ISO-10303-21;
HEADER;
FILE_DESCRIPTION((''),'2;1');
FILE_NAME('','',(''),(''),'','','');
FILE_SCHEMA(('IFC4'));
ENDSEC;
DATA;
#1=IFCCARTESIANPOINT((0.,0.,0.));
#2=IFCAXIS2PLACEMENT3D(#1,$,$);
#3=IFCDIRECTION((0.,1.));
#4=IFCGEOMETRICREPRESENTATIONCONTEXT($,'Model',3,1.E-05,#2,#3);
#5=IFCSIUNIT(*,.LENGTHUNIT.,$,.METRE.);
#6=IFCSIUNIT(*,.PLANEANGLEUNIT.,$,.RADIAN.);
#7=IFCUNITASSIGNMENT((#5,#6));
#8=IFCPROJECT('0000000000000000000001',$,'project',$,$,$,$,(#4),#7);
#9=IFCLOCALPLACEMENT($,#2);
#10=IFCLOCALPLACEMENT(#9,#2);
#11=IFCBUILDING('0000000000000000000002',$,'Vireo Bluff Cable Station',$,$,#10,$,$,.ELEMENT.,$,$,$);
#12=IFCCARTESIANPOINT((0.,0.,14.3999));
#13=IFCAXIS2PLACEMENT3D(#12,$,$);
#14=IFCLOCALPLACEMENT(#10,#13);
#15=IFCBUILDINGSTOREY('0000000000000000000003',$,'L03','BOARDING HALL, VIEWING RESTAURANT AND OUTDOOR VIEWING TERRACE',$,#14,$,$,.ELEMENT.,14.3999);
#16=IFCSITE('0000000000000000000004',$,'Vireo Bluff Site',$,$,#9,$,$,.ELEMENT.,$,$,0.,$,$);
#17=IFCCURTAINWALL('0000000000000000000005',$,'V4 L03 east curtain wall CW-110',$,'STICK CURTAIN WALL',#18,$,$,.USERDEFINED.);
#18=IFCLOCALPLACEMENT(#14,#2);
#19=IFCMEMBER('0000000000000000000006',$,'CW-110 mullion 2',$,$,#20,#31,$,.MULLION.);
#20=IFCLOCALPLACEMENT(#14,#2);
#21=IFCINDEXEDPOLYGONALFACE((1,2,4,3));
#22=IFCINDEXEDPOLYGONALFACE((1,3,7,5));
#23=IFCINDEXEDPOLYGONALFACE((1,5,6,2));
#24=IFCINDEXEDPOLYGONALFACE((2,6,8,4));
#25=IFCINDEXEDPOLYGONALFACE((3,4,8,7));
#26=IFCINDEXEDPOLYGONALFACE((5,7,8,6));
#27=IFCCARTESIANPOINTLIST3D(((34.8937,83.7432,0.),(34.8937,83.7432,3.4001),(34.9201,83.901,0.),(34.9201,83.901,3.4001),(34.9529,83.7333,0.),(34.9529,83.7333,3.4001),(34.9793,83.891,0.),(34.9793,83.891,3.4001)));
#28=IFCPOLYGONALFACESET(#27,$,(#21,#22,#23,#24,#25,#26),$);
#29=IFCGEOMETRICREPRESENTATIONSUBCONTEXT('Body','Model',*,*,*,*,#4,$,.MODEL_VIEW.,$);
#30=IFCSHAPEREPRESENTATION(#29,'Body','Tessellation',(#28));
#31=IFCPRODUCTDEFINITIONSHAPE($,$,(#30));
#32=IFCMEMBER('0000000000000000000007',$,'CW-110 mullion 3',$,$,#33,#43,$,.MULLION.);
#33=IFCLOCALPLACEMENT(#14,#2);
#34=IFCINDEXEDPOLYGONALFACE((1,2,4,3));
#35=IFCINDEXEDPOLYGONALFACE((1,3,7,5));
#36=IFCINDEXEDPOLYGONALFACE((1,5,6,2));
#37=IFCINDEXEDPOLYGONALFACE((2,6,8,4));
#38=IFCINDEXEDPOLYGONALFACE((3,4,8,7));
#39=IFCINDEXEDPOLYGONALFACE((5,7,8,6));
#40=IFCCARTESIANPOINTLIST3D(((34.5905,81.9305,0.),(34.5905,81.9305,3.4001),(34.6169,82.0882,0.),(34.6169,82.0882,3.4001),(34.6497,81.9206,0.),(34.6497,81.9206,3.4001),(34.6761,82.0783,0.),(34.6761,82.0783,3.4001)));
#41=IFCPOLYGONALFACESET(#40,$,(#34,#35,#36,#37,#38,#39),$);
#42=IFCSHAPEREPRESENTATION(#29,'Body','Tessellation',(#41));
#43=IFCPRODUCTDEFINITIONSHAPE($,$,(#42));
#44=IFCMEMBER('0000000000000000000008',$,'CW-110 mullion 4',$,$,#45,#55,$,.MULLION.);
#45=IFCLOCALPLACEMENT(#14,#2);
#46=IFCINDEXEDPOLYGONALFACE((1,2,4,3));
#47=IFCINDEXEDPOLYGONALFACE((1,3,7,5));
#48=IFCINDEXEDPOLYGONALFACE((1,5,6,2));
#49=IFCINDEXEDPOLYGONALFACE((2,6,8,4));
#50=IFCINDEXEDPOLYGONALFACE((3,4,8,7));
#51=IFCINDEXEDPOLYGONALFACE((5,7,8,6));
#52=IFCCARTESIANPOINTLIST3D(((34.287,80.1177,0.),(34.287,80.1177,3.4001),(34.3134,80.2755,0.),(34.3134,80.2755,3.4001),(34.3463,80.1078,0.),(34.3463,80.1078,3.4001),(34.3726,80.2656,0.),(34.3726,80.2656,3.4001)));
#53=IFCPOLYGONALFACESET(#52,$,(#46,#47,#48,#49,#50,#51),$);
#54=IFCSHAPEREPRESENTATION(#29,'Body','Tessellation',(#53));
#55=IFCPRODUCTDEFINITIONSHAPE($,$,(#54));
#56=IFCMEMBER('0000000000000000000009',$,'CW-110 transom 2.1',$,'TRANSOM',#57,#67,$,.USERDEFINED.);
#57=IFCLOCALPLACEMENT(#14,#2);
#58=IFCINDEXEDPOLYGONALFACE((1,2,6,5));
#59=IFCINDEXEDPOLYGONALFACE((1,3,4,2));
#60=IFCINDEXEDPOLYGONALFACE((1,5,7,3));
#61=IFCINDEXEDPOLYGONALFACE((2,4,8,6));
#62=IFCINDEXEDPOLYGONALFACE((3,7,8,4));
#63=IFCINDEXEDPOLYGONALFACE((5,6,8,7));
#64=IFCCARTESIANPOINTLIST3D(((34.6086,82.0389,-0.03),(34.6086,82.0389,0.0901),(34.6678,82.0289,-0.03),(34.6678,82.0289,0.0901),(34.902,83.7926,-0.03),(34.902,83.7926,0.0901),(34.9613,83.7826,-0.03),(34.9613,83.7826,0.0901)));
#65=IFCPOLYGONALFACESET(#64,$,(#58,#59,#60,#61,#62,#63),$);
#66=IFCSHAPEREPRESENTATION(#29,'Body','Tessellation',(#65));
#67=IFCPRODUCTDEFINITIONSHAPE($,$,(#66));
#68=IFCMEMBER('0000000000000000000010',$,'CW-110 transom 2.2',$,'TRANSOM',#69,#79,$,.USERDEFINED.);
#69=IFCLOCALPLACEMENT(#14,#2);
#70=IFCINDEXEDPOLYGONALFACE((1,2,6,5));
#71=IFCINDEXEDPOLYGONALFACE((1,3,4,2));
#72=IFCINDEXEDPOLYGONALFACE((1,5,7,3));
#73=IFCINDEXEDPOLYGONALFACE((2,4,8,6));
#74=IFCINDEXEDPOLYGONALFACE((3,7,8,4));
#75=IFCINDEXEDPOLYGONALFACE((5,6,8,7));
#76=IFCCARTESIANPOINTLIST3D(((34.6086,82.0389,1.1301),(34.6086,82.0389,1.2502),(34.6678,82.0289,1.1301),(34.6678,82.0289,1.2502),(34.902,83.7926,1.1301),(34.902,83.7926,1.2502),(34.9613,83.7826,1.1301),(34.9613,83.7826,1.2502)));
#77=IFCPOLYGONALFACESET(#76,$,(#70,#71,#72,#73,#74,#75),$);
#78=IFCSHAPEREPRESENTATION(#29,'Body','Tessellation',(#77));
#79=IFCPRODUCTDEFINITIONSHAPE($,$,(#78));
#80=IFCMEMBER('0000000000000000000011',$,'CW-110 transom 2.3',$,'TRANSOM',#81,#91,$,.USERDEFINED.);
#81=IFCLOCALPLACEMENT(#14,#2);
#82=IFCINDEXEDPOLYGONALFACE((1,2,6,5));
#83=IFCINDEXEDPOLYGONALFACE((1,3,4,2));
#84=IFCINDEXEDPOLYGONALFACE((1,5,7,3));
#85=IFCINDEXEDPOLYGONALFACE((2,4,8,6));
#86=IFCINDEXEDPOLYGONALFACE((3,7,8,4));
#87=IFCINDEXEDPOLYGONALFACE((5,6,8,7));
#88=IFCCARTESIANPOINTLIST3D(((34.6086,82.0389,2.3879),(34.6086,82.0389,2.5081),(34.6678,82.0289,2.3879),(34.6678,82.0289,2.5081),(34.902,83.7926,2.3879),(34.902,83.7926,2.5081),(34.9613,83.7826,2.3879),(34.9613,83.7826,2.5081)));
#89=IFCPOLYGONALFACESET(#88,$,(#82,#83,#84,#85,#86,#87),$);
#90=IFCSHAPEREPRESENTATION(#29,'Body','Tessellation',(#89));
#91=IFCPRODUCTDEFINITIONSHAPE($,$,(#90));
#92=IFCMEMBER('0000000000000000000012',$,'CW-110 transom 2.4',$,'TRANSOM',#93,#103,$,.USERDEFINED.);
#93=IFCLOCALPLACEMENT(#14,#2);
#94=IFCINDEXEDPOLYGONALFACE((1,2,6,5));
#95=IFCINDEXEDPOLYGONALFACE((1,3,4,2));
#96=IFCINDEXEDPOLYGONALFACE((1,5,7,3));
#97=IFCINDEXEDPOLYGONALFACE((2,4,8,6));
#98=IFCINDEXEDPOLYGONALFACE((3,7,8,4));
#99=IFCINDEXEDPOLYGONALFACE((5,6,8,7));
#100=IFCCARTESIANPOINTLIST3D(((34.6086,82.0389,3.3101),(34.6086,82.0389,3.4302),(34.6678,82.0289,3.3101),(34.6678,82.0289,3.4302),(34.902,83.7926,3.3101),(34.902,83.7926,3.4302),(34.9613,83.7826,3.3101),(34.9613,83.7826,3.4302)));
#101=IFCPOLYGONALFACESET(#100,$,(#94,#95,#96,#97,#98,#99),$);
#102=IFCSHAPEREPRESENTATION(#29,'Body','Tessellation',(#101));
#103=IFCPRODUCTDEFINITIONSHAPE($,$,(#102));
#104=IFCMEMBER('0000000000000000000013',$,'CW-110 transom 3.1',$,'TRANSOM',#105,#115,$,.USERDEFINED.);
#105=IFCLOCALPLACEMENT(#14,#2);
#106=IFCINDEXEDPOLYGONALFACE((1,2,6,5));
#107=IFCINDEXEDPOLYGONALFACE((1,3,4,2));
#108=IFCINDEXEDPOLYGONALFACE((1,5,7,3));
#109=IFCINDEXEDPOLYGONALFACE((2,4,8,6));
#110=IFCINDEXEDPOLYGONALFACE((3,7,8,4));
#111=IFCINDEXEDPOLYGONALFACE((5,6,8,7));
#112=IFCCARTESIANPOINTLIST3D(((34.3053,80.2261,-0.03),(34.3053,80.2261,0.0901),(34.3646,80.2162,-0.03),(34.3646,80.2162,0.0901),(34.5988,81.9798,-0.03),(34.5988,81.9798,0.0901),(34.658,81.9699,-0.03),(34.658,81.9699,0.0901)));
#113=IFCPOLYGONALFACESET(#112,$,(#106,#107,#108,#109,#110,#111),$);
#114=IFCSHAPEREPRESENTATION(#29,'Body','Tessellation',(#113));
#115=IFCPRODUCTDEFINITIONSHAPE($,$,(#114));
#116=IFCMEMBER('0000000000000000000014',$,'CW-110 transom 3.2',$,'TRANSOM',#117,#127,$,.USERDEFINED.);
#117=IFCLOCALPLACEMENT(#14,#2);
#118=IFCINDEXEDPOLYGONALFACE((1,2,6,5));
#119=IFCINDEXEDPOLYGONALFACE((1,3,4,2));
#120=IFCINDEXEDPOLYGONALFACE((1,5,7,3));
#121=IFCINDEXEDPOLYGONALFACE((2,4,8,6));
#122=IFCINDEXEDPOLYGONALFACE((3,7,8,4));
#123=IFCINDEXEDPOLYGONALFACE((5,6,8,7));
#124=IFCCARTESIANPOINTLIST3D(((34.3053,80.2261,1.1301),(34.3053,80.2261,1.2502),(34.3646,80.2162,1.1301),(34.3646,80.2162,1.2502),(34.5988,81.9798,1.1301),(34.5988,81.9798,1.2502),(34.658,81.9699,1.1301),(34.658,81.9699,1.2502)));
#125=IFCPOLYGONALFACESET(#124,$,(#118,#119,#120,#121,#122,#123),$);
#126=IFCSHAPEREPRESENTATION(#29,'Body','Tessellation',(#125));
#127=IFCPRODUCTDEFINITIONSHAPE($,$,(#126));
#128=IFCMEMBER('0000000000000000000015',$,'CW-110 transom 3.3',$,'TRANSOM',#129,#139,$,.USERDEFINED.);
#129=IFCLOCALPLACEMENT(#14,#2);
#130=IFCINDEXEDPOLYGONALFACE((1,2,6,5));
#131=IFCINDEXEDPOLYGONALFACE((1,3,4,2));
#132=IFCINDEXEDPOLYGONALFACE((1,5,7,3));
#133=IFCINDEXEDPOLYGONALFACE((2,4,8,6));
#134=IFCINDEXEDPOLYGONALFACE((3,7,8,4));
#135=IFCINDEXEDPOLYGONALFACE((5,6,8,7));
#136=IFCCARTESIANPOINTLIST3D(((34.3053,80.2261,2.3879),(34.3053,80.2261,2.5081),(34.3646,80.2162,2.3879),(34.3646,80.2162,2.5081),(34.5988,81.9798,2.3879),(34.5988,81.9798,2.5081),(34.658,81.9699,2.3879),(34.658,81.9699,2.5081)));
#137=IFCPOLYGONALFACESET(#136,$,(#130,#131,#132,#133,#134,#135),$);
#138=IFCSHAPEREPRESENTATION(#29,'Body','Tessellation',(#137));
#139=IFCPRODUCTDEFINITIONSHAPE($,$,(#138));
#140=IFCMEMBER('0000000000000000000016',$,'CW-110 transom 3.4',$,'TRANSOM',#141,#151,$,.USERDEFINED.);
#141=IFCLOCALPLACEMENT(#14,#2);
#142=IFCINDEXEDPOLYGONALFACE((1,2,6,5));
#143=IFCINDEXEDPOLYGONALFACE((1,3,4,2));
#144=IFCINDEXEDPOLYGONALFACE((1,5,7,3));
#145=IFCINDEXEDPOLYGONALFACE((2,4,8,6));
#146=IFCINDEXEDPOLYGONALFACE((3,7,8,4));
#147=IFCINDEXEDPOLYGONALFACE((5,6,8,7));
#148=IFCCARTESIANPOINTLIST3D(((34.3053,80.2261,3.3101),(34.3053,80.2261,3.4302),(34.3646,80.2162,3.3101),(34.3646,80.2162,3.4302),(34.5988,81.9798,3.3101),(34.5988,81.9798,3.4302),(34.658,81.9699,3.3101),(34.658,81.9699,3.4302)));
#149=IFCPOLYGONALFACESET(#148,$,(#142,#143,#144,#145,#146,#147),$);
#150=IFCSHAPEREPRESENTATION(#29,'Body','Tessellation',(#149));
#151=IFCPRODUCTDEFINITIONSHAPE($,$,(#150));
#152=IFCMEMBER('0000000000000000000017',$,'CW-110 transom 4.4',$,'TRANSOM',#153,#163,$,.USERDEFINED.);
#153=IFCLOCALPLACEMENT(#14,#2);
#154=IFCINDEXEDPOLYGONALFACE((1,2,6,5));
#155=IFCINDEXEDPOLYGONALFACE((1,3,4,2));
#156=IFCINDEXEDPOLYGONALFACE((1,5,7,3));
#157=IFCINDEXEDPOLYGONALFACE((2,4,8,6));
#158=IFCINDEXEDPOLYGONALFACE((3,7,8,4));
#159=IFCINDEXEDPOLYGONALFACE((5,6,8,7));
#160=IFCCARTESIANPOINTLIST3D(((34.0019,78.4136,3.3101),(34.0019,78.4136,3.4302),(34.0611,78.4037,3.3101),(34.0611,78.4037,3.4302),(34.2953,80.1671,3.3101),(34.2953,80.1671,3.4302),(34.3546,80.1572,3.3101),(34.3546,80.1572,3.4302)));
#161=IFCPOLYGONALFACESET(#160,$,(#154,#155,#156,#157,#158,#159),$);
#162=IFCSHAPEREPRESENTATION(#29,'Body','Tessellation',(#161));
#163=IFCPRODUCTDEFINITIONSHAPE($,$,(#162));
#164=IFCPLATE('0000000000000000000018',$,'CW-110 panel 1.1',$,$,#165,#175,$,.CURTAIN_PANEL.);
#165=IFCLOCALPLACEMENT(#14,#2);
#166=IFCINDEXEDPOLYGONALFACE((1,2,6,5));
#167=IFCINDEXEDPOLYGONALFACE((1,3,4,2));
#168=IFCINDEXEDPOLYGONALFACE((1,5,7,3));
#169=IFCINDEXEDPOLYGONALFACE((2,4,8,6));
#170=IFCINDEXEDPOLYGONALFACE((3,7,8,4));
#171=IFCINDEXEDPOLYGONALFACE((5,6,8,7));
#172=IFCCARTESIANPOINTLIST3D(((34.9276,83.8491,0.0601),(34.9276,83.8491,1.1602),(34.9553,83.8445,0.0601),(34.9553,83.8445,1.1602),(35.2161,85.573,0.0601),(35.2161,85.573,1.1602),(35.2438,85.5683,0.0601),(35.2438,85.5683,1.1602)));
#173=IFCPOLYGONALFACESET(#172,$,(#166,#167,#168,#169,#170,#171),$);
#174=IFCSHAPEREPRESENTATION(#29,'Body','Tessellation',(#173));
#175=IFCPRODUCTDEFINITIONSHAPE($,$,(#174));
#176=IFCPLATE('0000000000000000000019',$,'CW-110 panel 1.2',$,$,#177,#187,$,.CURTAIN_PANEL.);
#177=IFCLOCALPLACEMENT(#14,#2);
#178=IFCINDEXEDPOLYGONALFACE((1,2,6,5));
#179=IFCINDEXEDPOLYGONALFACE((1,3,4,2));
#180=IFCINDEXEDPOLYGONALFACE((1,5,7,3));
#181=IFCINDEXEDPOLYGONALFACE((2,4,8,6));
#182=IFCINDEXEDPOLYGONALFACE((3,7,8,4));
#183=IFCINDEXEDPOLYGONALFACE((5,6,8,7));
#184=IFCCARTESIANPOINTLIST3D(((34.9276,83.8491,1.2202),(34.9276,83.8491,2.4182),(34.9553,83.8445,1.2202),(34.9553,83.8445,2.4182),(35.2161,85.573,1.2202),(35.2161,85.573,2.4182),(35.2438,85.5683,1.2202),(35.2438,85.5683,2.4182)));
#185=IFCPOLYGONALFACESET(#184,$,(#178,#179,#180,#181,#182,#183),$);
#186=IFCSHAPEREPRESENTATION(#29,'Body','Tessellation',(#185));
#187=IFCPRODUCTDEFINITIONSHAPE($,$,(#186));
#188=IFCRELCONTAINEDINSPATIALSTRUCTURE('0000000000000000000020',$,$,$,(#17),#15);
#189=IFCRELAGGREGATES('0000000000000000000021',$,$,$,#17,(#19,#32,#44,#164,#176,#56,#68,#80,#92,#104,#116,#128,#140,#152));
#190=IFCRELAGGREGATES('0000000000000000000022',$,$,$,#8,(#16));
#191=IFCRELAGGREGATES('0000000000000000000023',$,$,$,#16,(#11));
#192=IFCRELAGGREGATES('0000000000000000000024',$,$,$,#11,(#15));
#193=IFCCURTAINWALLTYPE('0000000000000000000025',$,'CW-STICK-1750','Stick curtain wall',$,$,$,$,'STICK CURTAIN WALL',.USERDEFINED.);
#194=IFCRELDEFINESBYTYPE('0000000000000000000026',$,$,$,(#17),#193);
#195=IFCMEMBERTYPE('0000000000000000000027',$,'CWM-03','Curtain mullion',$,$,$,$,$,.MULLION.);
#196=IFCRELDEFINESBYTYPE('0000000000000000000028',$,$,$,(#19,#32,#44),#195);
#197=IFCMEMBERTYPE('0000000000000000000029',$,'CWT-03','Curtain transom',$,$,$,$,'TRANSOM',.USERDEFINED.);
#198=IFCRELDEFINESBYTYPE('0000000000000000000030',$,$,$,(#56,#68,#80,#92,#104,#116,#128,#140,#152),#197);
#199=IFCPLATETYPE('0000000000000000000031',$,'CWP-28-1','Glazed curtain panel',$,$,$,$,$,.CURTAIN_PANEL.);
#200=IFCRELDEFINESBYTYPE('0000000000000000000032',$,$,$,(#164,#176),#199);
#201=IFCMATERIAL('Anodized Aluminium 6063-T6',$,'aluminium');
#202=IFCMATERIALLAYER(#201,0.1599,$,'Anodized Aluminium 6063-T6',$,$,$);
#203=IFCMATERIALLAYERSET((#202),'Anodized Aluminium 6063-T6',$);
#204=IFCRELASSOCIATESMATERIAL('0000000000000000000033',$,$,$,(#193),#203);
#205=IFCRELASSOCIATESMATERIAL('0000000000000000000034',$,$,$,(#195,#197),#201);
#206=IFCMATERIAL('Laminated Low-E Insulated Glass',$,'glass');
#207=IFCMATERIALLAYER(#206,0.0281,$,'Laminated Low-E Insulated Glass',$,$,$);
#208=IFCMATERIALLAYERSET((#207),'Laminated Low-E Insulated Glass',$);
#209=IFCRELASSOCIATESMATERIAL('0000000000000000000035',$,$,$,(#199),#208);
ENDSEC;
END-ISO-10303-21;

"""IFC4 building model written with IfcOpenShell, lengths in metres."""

from ifc_helpers import new_model, si_unit, direction, frame, origin, origin_2d, place, context, subcontext, project, spatial, rectangle, extrude, material, layer, layer_set, material_profile, profile_set, type_object, element, aggregate, save


model = new_model("IFC4")

# Units and contexts
model_context = context("Model", 3, precision=1e-05, world=origin(), true_north=direction((0.0, 1.0)))
body_context = subcontext(model_context, "Body", "Model", "MODEL_VIEW")
ifc_project = project(units=[si_unit("LENGTHUNIT", "METRE"), si_unit("PLANEANGLEUNIT", "RADIAN")], contexts=[model_context])

# Site, building, storey
site_placement = place(None, origin())
site = spatial("IfcSite", under=ifc_project, at=site_placement, Name="Vireo Bluff Site", CompositionType="ELEMENT", RefElevation=0.0)
building_placement = place(site_placement, origin())
building = spatial("IfcBuilding", under=site, at=building_placement, Name="Vireo Bluff Cable Station", CompositionType="ELEMENT")
storey_placement = place(building_placement, frame((0.0, 0.0, 14.3999)))
storey = spatial("IfcBuildingStorey", under=building, at=storey_placement, Name="L03", Description="BOARDING HALL, VIEWING RESTAURANT AND OUTDOOR VIEWING TERRACE", CompositionType="ELEMENT", Elevation=14.3999)

# Curtain wall, members, plates
ifc_material_1 = material(Name="Anodized Aluminium 6063-T6", Category="aluminium")
ifc_layer_1 = layer(ifc_material_1, 0.1599, Name="Anodized Aluminium 6063-T6")
ifc_layer_set_1 = layer_set([ifc_layer_1], Name="Anodized Aluminium 6063-T6")
curtain_wall_type_1 = type_object("IfcCurtainWallType", Name="CW-STICK-1750", Description="Stick curtain wall", ElementType="STICK CURTAIN WALL", PredefinedType="USERDEFINED", material=ifc_layer_set_1)
curtain_wall_1_placement = place(storey_placement, origin())
curtain_wall_1 = element("IfcCurtainWall", 1, at=curtain_wall_1_placement, inside=storey, type_object=curtain_wall_type_1, Name="V4 L03 east curtain wall CW-110", ObjectType="STICK CURTAIN WALL", PredefinedType="USERDEFINED")
ifc_material_profile_1 = material_profile(ifc_material_1, rectangle(XDim=0.0601, YDim=0.1599, at=origin_2d()), Name="ALU-M-60X160")
ifc_profile_set_1 = profile_set([ifc_material_profile_1], Name="Anodized Aluminium 6063-T6")
member_type_1 = type_object("IfcMemberType", Name="CWM-03", Description="Curtain mullion", PredefinedType="MULLION", material=ifc_profile_set_1)
member_1_placement = place(storey_placement, frame((34.9365, 83.8171, 0.0), z_axis=(0.0, 0.0, 1.0), x_axis=(0.986286, -0.165048, 0.0)))
member_1 = element("IfcMember", 2, at=member_1_placement, type_object=member_type_1, Name="CW-110 mullion 2", PredefinedType="MULLION", context=body_context, shape_type="SweptSolid", body=[
    extrude(rectangle(XDim=0.0601, YDim=0.1599, at=origin_2d()), origin(), (0.0, 0.0, 1.0), 3.4001),
])
member_2_placement = place(storey_placement, frame((34.6333, 82.0044, 0.0), z_axis=(0.0, 0.0, 1.0), x_axis=(0.986286, -0.165048, 0.0)))
member_2 = element("IfcMember", 3, at=member_2_placement, type_object=member_type_1, Name="CW-110 mullion 3", PredefinedType="MULLION", context=body_context, shape_type="SweptSolid", body=[
    extrude(rectangle(XDim=0.0601, YDim=0.1599, at=origin_2d()), origin(), (0.0, 0.0, 1.0), 3.4001),
])
member_3_placement = place(storey_placement, frame((34.3298, 80.1917, 0.0), z_axis=(0.0, 0.0, 1.0), x_axis=(0.986286, -0.165048, 0.0)))
member_3 = element("IfcMember", 4, at=member_3_placement, type_object=member_type_1, Name="CW-110 mullion 4", PredefinedType="MULLION", context=body_context, shape_type="SweptSolid", body=[
    extrude(rectangle(XDim=0.0601, YDim=0.1599, at=origin_2d()), origin(), (0.0, 0.0, 1.0), 3.4001),
])
ifc_material_profile_2 = material_profile(ifc_material_1, rectangle(XDim=0.0601, YDim=0.1201, at=origin_2d()), Name="ALU-T-60X120")
ifc_profile_set_2 = profile_set([ifc_material_profile_2], Name="Anodized Aluminium 6063-T6")
member_type_2 = type_object("IfcMemberType", Name="CWT-03", Description="Curtain transom", ElementType="TRANSOM", PredefinedType="USERDEFINED", material=ifc_profile_set_2)
member_4_placement = place(storey_placement, frame((34.9316, 83.7876, 0.03), z_axis=(-0.165045, -0.986286, 0.0), x_axis=(0.986286, -0.165045, 0.0)))
member_4 = element("IfcMember", 5, at=member_4_placement, type_object=member_type_2, Name="CW-110 transom 2.1", ObjectType="TRANSOM", PredefinedType="USERDEFINED", context=body_context, shape_type="SweptSolid", body=[
    extrude(rectangle(XDim=0.0601, YDim=0.1201, at=origin_2d()), origin(), (0.0, 0.0, 1.0), 1.7781),
])
member_5_placement = place(storey_placement, frame((34.9316, 83.7876, 1.1902), z_axis=(-0.165045, -0.986286, 0.0), x_axis=(0.986286, -0.165045, 0.0)))
member_5 = element("IfcMember", 6, at=member_5_placement, type_object=member_type_2, Name="CW-110 transom 2.2", ObjectType="TRANSOM", PredefinedType="USERDEFINED", context=body_context, shape_type="SweptSolid", body=[
    extrude(rectangle(XDim=0.0601, YDim=0.1201, at=origin_2d()), origin(), (0.0, 0.0, 1.0), 1.7781),
])
member_6_placement = place(storey_placement, frame((34.9316, 83.7876, 2.448), z_axis=(-0.165045, -0.986286, 0.0), x_axis=(0.986286, -0.165045, 0.0)))
member_6 = element("IfcMember", 7, at=member_6_placement, type_object=member_type_2, Name="CW-110 transom 2.3", ObjectType="TRANSOM", PredefinedType="USERDEFINED", context=body_context, shape_type="SweptSolid", body=[
    extrude(rectangle(XDim=0.0601, YDim=0.1201, at=origin_2d()), origin(), (0.0, 0.0, 1.0), 1.7781),
])
member_7_placement = place(storey_placement, frame((34.9316, 83.7876, 3.3701), z_axis=(-0.165045, -0.986286, 0.0), x_axis=(0.986286, -0.165045, 0.0)))
member_7 = element("IfcMember", 8, at=member_7_placement, type_object=member_type_2, Name="CW-110 transom 2.4", ObjectType="TRANSOM", PredefinedType="USERDEFINED", context=body_context, shape_type="SweptSolid", body=[
    extrude(rectangle(XDim=0.0601, YDim=0.1201, at=origin_2d()), origin(), (0.0, 0.0, 1.0), 1.7781),
])
member_8_placement = place(storey_placement, frame((34.6284, 81.9749, 0.03), z_axis=(-0.165045, -0.986286, 0.0), x_axis=(0.986286, -0.165045, 0.0)))
member_8 = element("IfcMember", 9, at=member_8_placement, type_object=member_type_2, Name="CW-110 transom 3.1", ObjectType="TRANSOM", PredefinedType="USERDEFINED", context=body_context, shape_type="SweptSolid", body=[
    extrude(rectangle(XDim=0.0601, YDim=0.1201, at=origin_2d()), origin(), (0.0, 0.0, 1.0), 1.7781),
])
member_9_placement = place(storey_placement, frame((34.6284, 81.9749, 1.1902), z_axis=(-0.165045, -0.986286, 0.0), x_axis=(0.986286, -0.165045, 0.0)))
member_9 = element("IfcMember", 10, at=member_9_placement, type_object=member_type_2, Name="CW-110 transom 3.2", ObjectType="TRANSOM", PredefinedType="USERDEFINED", context=body_context, shape_type="SweptSolid", body=[
    extrude(rectangle(XDim=0.0601, YDim=0.1201, at=origin_2d()), origin(), (0.0, 0.0, 1.0), 1.7781),
])
member_10_placement = place(storey_placement, frame((34.6284, 81.9749, 2.448), z_axis=(-0.165045, -0.986286, 0.0), x_axis=(0.986286, -0.165045, 0.0)))
member_10 = element("IfcMember", 11, at=member_10_placement, type_object=member_type_2, Name="CW-110 transom 3.3", ObjectType="TRANSOM", PredefinedType="USERDEFINED", context=body_context, shape_type="SweptSolid", body=[
    extrude(rectangle(XDim=0.0601, YDim=0.1201, at=origin_2d()), origin(), (0.0, 0.0, 1.0), 1.7781),
])
member_11_placement = place(storey_placement, frame((34.6284, 81.9749, 3.3701), z_axis=(-0.165045, -0.986286, 0.0), x_axis=(0.986286, -0.165045, 0.0)))
member_11 = element("IfcMember", 12, at=member_11_placement, type_object=member_type_2, Name="CW-110 transom 3.4", ObjectType="TRANSOM", PredefinedType="USERDEFINED", context=body_context, shape_type="SweptSolid", body=[
    extrude(rectangle(XDim=0.0601, YDim=0.1201, at=origin_2d()), origin(), (0.0, 0.0, 1.0), 1.7781),
])
member_12_placement = place(storey_placement, frame((34.325, 80.1621, 3.3701), z_axis=(-0.165067, -0.986282, 0.0), x_axis=(0.986282, -0.165067, 0.0)))
member_12 = element("IfcMember", 13, at=member_12_placement, type_object=member_type_2, Name="CW-110 transom 4.4", ObjectType="TRANSOM", PredefinedType="USERDEFINED", context=body_context, shape_type="SweptSolid", body=[
    extrude(rectangle(XDim=0.0601, YDim=0.1201, at=origin_2d()), origin(), (0.0, 0.0, 1.0), 1.7778),
])
ifc_material_2 = material(Name="Laminated Low-E Insulated Glass", Category="glass")
ifc_layer_2 = layer(ifc_material_2, 0.0281, Name="Laminated Low-E Insulated Glass")
ifc_layer_set_2 = layer_set([ifc_layer_2], Name="Laminated Low-E Insulated Glass")
plate_type_1 = type_object("IfcPlateType", Name="CWP-28-1", Description="Glazed curtain panel", PredefinedType="CURTAIN_PANEL", material=ifc_layer_set_2)
plate_1_placement = place(storey_placement, frame((35.0857, 84.7087, 0.0601), z_axis=(0.0, 0.0, 1.0), x_axis=(-0.165048, -0.986286, 0.0)))
plate_1 = element("IfcPlate", 14, at=plate_1_placement, type_object=plate_type_1, Name="CW-110 panel 1.1", PredefinedType="CURTAIN_PANEL", context=body_context, shape_type="SweptSolid", body=[
    extrude(rectangle(XDim=1.7478, YDim=0.0281, at=origin_2d()), origin(), (0.0, 0.0, 1.0), 1.1001),
])
plate_2_placement = place(storey_placement, frame((35.0857, 84.7087, 1.2202), z_axis=(0.0, 0.0, 1.0), x_axis=(-0.165048, -0.986286, 0.0)))
plate_2 = element("IfcPlate", 15, at=plate_2_placement, type_object=plate_type_1, Name="CW-110 panel 1.2", PredefinedType="CURTAIN_PANEL", context=body_context, shape_type="SweptSolid", body=[
    extrude(rectangle(XDim=1.7478, YDim=0.0281, at=origin_2d()), origin(), (0.0, 0.0, 1.0), 1.198),
])
aggregate(curtain_wall_1, [member_1, member_2, member_3, plate_1, plate_2, member_4, member_5, member_6, member_7, member_8, member_9, member_10, member_11, member_12])

save(model, "model.ifc")
